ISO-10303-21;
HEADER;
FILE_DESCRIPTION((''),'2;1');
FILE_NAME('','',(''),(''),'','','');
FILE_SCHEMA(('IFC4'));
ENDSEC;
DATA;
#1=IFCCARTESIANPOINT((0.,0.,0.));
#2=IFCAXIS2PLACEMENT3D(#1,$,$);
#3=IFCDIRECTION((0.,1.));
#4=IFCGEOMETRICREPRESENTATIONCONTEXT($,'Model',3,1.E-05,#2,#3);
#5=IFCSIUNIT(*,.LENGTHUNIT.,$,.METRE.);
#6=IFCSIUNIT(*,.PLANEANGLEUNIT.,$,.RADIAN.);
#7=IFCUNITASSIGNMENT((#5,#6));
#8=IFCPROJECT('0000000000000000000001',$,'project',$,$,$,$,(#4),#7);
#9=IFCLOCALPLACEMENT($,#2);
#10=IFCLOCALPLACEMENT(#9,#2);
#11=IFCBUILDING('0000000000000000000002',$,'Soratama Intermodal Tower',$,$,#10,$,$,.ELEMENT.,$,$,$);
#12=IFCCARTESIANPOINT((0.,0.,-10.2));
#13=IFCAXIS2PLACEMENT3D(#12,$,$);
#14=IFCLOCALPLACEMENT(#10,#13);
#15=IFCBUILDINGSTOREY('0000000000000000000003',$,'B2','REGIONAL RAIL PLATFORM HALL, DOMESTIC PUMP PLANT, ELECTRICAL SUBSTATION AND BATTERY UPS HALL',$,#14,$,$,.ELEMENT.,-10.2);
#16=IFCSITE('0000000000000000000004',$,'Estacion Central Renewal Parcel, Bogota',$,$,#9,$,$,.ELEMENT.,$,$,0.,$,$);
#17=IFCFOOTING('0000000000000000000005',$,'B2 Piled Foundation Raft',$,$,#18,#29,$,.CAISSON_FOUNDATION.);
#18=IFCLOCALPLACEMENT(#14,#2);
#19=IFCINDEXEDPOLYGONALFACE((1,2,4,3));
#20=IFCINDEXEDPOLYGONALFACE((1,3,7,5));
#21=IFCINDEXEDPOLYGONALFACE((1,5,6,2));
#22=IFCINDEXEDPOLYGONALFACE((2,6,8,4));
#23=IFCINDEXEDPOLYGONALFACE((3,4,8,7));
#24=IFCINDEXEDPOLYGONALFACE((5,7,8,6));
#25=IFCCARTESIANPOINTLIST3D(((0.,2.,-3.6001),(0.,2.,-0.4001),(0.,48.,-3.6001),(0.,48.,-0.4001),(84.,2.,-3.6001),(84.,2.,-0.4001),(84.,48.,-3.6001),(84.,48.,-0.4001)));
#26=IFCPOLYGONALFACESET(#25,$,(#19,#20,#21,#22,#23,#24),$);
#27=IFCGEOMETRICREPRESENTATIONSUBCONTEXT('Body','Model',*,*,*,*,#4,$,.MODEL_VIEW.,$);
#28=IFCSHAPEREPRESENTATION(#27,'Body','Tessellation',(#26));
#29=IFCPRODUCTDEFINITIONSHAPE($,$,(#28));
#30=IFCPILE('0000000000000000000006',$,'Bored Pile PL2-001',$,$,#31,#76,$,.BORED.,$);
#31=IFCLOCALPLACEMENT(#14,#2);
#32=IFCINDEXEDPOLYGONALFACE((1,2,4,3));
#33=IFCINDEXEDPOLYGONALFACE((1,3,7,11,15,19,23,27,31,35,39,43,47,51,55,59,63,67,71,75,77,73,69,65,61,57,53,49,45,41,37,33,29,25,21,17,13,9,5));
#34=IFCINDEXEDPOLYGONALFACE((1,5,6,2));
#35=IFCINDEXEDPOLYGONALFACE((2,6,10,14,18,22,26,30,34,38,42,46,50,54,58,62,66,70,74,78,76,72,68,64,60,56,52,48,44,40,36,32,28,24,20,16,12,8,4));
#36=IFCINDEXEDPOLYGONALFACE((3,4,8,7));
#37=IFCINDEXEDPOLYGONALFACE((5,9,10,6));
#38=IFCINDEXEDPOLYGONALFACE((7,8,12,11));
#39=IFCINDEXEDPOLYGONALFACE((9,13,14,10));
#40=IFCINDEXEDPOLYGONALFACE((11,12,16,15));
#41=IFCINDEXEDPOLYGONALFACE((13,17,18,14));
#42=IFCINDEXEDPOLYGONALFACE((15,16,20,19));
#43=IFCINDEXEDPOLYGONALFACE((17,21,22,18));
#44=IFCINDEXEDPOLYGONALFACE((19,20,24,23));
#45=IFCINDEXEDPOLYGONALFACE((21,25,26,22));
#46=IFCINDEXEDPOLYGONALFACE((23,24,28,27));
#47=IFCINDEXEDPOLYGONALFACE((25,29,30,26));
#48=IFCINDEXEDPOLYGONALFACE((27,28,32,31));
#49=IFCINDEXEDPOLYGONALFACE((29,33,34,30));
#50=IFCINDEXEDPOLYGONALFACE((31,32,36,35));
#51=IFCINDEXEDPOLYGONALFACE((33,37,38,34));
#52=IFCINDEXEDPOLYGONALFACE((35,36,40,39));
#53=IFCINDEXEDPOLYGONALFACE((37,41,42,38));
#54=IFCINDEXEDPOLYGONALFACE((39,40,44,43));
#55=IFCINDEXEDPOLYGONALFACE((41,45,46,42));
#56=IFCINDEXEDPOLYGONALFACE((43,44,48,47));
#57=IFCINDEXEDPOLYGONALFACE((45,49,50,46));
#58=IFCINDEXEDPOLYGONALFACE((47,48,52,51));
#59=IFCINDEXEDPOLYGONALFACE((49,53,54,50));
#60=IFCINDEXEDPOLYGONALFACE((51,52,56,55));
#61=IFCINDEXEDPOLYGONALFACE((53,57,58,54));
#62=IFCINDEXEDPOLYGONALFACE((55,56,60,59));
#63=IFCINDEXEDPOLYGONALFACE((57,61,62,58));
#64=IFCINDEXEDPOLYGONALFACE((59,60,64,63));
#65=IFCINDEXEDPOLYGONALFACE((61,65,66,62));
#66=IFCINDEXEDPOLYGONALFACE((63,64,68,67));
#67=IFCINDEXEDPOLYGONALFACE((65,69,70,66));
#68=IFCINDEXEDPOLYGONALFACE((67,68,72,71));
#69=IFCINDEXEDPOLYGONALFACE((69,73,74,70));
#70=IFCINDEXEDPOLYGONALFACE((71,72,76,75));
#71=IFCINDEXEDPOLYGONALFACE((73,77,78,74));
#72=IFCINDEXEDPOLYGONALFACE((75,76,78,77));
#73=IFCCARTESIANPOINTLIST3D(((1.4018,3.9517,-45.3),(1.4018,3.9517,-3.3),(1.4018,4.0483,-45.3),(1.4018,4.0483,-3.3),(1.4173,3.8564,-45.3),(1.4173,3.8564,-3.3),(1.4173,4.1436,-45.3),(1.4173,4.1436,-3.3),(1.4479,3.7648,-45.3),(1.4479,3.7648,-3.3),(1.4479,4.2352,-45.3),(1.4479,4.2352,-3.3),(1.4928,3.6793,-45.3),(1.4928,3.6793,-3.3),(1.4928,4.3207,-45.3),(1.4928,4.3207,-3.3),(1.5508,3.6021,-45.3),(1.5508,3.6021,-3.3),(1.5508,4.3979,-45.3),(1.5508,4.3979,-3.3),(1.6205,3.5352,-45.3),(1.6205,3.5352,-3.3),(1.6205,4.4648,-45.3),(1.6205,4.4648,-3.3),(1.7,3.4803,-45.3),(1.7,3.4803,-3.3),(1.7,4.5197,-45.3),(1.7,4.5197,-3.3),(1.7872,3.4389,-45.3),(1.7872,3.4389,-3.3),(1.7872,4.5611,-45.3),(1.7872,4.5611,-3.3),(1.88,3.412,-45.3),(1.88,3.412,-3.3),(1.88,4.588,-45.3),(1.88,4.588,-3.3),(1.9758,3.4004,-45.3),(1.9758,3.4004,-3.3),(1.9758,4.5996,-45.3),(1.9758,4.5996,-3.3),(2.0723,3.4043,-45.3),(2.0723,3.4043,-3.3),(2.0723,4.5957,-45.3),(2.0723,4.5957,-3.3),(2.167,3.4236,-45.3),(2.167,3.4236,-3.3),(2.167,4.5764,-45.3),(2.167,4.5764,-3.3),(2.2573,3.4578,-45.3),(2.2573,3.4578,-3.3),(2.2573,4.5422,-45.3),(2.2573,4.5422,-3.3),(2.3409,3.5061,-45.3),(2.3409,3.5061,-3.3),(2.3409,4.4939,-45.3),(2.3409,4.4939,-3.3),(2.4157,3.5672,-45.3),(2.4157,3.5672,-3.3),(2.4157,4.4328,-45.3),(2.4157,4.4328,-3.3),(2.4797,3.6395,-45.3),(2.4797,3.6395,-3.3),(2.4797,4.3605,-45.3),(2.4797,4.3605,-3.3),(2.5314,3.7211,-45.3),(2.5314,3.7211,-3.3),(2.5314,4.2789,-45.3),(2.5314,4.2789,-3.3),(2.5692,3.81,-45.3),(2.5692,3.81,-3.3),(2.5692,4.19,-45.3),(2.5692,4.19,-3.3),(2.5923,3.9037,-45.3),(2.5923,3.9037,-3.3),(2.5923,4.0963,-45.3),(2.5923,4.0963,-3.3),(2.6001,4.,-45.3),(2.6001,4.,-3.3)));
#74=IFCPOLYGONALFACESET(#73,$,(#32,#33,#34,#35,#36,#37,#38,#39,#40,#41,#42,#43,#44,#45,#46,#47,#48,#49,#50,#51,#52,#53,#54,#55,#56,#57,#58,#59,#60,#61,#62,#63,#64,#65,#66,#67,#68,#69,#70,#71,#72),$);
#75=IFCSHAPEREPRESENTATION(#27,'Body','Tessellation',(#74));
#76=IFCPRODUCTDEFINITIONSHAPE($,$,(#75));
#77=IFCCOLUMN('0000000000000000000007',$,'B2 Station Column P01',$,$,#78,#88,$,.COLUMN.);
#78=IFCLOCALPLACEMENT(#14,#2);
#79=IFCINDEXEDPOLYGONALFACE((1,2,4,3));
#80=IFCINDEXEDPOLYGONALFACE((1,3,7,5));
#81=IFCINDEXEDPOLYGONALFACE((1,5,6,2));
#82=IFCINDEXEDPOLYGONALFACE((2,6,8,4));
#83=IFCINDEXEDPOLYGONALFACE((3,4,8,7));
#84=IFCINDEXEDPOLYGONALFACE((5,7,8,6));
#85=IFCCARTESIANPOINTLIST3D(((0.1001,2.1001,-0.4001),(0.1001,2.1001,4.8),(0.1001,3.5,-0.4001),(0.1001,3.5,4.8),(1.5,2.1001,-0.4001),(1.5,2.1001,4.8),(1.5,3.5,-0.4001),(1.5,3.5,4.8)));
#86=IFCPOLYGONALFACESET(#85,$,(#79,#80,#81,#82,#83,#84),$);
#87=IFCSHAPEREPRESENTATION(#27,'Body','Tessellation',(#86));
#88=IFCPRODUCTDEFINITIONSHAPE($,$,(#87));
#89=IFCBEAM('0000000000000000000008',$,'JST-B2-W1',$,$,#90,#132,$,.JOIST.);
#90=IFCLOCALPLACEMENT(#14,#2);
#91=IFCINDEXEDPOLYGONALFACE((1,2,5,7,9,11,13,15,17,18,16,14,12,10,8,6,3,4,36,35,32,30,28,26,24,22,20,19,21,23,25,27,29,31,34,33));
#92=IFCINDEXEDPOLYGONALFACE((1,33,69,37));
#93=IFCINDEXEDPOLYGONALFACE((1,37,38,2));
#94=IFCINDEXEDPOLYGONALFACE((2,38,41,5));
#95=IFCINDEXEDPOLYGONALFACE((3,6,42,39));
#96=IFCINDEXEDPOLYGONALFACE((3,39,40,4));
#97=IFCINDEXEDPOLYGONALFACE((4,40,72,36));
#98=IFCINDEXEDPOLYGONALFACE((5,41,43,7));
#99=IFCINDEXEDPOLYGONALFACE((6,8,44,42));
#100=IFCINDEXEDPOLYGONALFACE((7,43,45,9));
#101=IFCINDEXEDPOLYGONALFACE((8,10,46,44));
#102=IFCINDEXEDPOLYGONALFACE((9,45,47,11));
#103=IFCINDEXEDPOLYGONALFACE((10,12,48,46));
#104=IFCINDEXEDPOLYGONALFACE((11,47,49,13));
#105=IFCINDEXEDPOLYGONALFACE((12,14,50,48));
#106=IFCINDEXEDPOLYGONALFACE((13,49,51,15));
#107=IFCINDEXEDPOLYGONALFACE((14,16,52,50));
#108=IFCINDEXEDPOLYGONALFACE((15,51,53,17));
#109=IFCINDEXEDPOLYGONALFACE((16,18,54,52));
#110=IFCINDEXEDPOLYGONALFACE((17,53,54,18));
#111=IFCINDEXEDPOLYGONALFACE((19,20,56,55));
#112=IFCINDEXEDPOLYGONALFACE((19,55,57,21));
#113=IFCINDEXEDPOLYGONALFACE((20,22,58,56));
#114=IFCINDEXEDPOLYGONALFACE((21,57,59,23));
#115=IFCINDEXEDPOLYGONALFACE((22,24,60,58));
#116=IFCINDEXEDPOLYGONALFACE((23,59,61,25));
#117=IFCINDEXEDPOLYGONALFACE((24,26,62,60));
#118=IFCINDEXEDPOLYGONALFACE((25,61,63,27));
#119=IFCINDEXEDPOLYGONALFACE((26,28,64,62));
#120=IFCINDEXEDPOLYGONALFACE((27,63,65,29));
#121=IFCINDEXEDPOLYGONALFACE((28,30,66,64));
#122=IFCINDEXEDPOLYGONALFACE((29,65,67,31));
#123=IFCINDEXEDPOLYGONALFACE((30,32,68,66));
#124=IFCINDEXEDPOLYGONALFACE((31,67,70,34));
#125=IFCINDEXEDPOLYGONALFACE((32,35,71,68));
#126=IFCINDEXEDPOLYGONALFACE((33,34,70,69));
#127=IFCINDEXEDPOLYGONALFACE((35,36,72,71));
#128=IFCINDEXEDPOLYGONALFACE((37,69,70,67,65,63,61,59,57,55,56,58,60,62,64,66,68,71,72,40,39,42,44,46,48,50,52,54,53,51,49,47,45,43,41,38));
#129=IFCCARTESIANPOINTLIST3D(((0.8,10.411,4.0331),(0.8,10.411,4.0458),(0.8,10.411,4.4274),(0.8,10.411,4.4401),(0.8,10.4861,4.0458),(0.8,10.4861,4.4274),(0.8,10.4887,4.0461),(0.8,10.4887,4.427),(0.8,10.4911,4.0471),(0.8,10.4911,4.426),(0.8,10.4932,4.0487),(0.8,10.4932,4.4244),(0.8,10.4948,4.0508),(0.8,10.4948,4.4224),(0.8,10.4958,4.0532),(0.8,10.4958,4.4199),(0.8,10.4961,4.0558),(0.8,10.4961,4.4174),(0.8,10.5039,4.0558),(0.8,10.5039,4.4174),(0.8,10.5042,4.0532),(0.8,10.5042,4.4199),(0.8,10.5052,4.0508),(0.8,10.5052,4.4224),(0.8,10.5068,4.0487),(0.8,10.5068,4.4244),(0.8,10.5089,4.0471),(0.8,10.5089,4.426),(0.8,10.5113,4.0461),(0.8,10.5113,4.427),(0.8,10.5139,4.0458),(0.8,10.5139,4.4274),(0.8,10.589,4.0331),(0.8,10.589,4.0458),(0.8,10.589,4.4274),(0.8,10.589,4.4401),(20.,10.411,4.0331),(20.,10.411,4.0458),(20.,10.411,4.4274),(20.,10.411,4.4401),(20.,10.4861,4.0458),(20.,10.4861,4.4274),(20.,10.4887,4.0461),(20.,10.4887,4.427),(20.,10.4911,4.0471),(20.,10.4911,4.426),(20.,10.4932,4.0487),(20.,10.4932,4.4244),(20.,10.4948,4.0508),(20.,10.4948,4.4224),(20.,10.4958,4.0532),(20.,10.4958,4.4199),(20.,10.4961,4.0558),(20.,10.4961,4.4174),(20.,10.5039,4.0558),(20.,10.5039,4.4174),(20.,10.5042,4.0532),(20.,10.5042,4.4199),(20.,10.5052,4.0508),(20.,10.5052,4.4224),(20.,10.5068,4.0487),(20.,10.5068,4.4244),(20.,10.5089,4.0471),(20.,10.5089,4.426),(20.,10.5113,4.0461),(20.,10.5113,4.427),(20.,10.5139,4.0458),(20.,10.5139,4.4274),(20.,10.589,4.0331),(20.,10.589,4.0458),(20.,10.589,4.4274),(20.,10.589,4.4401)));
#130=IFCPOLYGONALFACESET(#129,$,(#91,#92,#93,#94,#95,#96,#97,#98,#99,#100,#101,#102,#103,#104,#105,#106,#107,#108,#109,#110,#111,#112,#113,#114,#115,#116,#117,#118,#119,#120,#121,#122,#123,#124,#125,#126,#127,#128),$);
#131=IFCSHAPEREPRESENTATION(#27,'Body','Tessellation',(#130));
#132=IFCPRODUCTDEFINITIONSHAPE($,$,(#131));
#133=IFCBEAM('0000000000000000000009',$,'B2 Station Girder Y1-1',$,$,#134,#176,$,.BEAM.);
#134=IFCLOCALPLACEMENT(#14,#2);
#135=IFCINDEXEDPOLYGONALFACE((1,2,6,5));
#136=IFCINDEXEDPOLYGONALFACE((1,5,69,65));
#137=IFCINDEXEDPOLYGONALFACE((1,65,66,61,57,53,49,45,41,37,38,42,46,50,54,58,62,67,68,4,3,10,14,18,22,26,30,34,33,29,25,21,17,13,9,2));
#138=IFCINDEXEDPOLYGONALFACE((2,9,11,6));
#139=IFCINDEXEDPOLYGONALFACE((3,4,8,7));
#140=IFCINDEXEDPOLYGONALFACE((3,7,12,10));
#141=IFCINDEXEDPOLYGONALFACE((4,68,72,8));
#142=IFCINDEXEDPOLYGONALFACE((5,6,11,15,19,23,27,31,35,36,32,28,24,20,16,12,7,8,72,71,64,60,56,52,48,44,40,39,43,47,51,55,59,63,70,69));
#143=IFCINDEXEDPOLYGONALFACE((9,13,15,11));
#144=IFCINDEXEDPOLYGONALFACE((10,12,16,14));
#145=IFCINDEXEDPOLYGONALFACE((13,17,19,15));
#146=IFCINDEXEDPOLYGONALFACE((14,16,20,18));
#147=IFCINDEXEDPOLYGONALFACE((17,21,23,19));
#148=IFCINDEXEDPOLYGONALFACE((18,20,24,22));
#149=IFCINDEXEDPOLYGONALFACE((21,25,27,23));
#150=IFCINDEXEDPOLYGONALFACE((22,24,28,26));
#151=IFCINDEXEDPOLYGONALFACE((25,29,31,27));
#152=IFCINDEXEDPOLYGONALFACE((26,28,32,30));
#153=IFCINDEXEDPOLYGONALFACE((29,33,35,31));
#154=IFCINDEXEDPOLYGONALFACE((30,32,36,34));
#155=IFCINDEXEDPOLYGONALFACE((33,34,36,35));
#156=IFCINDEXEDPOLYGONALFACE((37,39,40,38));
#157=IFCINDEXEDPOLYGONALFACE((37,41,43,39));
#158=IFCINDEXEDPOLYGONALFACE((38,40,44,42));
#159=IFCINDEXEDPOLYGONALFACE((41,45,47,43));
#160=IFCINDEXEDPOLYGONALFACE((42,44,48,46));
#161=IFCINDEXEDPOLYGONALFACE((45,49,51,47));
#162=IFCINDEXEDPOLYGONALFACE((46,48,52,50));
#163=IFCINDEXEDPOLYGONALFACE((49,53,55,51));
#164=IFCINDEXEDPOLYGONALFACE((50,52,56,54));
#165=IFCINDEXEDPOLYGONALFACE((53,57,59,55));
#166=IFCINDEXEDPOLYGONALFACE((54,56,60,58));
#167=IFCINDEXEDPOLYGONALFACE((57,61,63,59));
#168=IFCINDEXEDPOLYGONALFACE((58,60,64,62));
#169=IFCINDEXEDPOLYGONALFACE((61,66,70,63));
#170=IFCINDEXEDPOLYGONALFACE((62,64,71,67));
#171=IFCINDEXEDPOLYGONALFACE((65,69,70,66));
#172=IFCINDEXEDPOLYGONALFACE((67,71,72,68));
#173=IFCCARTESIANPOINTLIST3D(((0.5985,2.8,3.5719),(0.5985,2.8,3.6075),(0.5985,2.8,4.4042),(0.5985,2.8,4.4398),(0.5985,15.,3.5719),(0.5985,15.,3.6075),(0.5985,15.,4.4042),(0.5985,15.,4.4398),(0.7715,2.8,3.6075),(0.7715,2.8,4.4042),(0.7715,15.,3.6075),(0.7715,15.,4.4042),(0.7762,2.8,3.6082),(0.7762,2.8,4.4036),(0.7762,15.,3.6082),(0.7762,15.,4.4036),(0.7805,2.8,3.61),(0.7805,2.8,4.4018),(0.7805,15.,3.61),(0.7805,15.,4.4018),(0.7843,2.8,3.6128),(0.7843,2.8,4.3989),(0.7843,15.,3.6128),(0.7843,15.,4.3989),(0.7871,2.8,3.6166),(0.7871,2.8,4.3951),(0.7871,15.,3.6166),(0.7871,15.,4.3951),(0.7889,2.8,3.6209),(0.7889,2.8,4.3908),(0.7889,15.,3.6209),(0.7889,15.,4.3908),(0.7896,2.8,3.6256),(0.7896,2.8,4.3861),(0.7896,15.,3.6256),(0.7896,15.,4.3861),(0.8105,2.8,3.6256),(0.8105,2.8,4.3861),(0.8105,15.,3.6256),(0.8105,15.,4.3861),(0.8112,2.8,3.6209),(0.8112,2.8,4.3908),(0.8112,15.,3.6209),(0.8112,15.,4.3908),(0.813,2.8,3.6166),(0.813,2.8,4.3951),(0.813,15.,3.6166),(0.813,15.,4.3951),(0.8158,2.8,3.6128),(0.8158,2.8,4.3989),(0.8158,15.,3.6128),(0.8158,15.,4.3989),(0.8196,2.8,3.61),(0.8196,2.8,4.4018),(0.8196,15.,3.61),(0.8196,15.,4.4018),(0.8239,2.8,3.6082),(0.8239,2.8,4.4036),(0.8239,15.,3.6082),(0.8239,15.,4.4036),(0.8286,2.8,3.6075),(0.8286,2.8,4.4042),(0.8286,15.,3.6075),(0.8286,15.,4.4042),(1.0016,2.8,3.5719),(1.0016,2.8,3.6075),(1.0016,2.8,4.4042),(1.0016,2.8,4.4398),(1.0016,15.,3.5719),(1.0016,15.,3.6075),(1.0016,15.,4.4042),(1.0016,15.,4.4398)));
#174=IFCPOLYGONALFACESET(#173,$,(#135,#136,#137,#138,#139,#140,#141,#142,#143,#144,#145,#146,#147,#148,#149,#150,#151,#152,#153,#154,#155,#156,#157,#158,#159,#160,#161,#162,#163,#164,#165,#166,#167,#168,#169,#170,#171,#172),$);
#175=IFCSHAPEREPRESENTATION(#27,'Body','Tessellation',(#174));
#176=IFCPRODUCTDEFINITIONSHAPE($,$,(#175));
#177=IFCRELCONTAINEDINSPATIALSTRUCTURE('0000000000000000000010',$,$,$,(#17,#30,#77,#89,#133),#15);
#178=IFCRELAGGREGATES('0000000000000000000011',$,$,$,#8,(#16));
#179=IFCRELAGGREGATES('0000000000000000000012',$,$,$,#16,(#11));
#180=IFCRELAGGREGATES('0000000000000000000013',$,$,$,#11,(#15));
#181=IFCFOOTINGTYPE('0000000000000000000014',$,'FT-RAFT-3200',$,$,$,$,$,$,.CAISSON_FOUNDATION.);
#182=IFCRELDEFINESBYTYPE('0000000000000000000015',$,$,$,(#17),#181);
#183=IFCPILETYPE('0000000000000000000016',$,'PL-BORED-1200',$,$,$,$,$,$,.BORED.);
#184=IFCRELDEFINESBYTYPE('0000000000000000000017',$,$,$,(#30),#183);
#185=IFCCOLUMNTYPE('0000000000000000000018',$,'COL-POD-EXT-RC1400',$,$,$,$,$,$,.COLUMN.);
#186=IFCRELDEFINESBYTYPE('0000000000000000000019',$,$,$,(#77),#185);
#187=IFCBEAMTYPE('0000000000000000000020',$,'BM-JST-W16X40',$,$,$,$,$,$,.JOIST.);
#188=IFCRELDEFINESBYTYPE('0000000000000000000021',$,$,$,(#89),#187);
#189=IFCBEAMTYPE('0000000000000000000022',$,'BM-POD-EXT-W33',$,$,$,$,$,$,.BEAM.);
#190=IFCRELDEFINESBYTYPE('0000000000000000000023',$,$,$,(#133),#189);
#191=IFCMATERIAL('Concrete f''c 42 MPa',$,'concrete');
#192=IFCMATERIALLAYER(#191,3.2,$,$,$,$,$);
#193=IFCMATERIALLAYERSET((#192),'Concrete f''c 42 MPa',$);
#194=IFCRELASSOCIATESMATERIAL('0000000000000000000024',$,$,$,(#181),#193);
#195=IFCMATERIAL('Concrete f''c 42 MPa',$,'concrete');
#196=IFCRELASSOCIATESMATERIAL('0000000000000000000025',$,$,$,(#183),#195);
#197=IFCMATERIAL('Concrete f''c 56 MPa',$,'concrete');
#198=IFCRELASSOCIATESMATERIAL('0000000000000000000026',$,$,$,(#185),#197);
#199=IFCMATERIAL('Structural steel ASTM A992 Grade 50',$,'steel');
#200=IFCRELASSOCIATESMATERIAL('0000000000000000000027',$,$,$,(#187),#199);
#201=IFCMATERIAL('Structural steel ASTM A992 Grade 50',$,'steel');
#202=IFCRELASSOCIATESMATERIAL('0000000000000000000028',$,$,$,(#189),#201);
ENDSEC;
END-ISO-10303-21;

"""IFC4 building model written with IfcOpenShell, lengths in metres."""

from ifc_helpers import new_model, si_unit, direction, frame, origin, origin_2d, place, context, subcontext, project, spatial, polyline, rectangle, circle, i_section, outline, extrude, material, layer, layer_set, material_profile, profile_set, type_object, element, save


model = new_model("IFC4")

# Units and contexts
model_context = context("Model", 3, precision=1e-05, world=origin(), true_north=direction((0.0, 1.0)))
body_context = subcontext(model_context, "Body", "Model", "MODEL_VIEW")
ifc_project = project(units=[si_unit("LENGTHUNIT", "METRE"), si_unit("PLANEANGLEUNIT", "RADIAN")], contexts=[model_context])

# Site, building, storey
site_placement = place(None, origin())
site = spatial("IfcSite", under=ifc_project, at=site_placement, Name="Estacion Central Renewal Parcel, Bogota", CompositionType="ELEMENT", RefElevation=0.0)
building_placement = place(site_placement, origin())
building = spatial("IfcBuilding", under=site, at=building_placement, Name="Soratama Intermodal Tower", CompositionType="ELEMENT")
storey_placement = place(building_placement, frame((0.0, 0.0, -10.2)))
storey = spatial("IfcBuildingStorey", under=building, at=storey_placement, Name="B2", Description="REGIONAL RAIL PLATFORM HALL, DOMESTIC PUMP PLANT, ELECTRICAL SUBSTATION AND BATTERY UPS HALL", CompositionType="ELEMENT", Elevation=-10.2)

# Footing
ifc_material_1 = material(Name="Concrete f'c 42 MPa", Category="concrete")
ifc_layer_1 = layer(ifc_material_1, 3.2)
ifc_layer_set_1 = layer_set([ifc_layer_1], Name="Concrete f'c 42 MPa")
footing_type = type_object("IfcFootingType", Name="FT-RAFT-3200", PredefinedType="CAISSON_FOUNDATION", material=ifc_layer_set_1)
footing_placement = place(storey_placement, frame((0.0, 0.0, -3.6001)))
element("IfcFooting", 1, at=footing_placement, inside=storey, type_object=footing_type, Name="B2 Piled Foundation Raft", PredefinedType="CAISSON_FOUNDATION", context=body_context, shape_type="SweptSolid", body=[
    extrude(outline(polyline([(0.0, 2.0), (84.0, 2.0), (84.0, 48.0), (0.0, 48.0), (0.0, 2.0)])), origin(), (0.0, 0.0, 1.0), 3.2),
])

# Pile
ifc_material_2 = material(Name="Concrete f'c 42 MPa", Category="concrete")
ifc_material_profile_1 = material_profile(ifc_material_2, circle(Radius=0.6001, at=origin_2d()), Name="PILE1200")
ifc_profile_set_1 = profile_set([ifc_material_profile_1], Name="Concrete f'c 42 MPa")
pile_type = type_object("IfcPileType", Name="PL-BORED-1200", PredefinedType="BORED", material=ifc_profile_set_1)
pile_placement = place(storey_placement, frame((2.0, 4.0, -3.3), z_axis=(0.0, 0.0, -1.0), x_axis=(1.0, 0.0, 0.0)))
element("IfcPile", 2, at=pile_placement, inside=storey, type_object=pile_type, Name="Bored Pile PL2-001", PredefinedType="BORED", context=body_context, shape_type="SweptSolid", body=[
    extrude(circle(Radius=0.6001, at=origin_2d()), origin(), (0.0, 0.0, 1.0), 42.0),
])

# Column
ifc_material_3 = material(Name="Concrete f'c 56 MPa", Category="concrete")
ifc_material_profile_2 = material_profile(ifc_material_3, rectangle(XDim=1.3999, YDim=1.3999, at=origin_2d()), Name="RC1400X1400")
ifc_profile_set_2 = profile_set([ifc_material_profile_2], Name="Concrete f'c 56 MPa")
column_type = type_object("IfcColumnType", Name="COL-POD-EXT-RC1400", PredefinedType="COLUMN", material=ifc_profile_set_2)
column_placement = place(storey_placement, frame((0.8, 2.8, -0.4001), z_axis=(0.0, 0.0, 1.0), x_axis=(1.0, 0.0, 0.0)))
element("IfcColumn", 3, at=column_placement, inside=storey, type_object=column_type, Name="B2 Station Column P01", PredefinedType="COLUMN", context=body_context, shape_type="SweptSolid", body=[
    extrude(rectangle(XDim=1.3999, YDim=1.3999, at=origin_2d()), origin(), (0.0, 0.0, 1.0), 5.2002),
])

# Beams
ifc_material_4 = material(Name="Structural steel ASTM A992 Grade 50", Category="steel")
ifc_material_profile_3 = material_profile(ifc_material_4, i_section(OverallWidth=0.178, OverallDepth=0.407, WebThickness=0.0078, FlangeThickness=0.0127, FilletRadius=0.01, at=origin_2d()), Name="W16X40")
ifc_profile_set_3 = profile_set([ifc_material_profile_3], Name="Structural steel ASTM A992 Grade 50")
beam_type_1 = type_object("IfcBeamType", Name="BM-JST-W16X40", PredefinedType="JOIST", material=ifc_profile_set_3)
beam_1_placement = place(storey_placement, frame((0.8, 10.5, 4.2366), z_axis=(1.0, 0.0, 0.0), x_axis=(0.0, 1.0, 0.0)))
element("IfcBeam", 4, at=beam_1_placement, inside=storey, type_object=beam_type_1, Name="JST-B2-W1", PredefinedType="JOIST", context=body_context, shape_type="SweptSolid", body=[
    extrude(i_section(OverallWidth=0.178, OverallDepth=0.407, WebThickness=0.0078, FlangeThickness=0.0127, FilletRadius=0.01, at=origin_2d()), origin(), (0.0, 0.0, 1.0), 19.2),
])
ifc_material_5 = material(Name="Structural steel ASTM A992 Grade 50", Category="steel")
ifc_material_profile_4 = material_profile(ifc_material_5, i_section(OverallWidth=0.4031, OverallDepth=0.8679, WebThickness=0.021, FlangeThickness=0.0356, FilletRadius=0.0181, at=origin_2d()), Name="W33X241")
ifc_profile_set_4 = profile_set([ifc_material_profile_4], Name="Structural steel ASTM A992 Grade 50")
beam_type_2 = type_object("IfcBeamType", Name="BM-POD-EXT-W33", PredefinedType="BEAM", material=ifc_profile_set_4)
beam_2_placement = place(storey_placement, frame((0.8, 2.8, 4.0059), z_axis=(0.0, 1.0, 0.0), x_axis=(-1.0, 0.0, 0.0)))
element("IfcBeam", 5, at=beam_2_placement, inside=storey, type_object=beam_type_2, Name="B2 Station Girder Y1-1", PredefinedType="BEAM", context=body_context, shape_type="SweptSolid", body=[
    extrude(i_section(OverallWidth=0.4031, OverallDepth=0.8679, WebThickness=0.021, FlangeThickness=0.0356, FilletRadius=0.0181, at=origin_2d()), origin(), (0.0, 0.0, 1.0), 12.2),
])

save(model, "model.ifc")
